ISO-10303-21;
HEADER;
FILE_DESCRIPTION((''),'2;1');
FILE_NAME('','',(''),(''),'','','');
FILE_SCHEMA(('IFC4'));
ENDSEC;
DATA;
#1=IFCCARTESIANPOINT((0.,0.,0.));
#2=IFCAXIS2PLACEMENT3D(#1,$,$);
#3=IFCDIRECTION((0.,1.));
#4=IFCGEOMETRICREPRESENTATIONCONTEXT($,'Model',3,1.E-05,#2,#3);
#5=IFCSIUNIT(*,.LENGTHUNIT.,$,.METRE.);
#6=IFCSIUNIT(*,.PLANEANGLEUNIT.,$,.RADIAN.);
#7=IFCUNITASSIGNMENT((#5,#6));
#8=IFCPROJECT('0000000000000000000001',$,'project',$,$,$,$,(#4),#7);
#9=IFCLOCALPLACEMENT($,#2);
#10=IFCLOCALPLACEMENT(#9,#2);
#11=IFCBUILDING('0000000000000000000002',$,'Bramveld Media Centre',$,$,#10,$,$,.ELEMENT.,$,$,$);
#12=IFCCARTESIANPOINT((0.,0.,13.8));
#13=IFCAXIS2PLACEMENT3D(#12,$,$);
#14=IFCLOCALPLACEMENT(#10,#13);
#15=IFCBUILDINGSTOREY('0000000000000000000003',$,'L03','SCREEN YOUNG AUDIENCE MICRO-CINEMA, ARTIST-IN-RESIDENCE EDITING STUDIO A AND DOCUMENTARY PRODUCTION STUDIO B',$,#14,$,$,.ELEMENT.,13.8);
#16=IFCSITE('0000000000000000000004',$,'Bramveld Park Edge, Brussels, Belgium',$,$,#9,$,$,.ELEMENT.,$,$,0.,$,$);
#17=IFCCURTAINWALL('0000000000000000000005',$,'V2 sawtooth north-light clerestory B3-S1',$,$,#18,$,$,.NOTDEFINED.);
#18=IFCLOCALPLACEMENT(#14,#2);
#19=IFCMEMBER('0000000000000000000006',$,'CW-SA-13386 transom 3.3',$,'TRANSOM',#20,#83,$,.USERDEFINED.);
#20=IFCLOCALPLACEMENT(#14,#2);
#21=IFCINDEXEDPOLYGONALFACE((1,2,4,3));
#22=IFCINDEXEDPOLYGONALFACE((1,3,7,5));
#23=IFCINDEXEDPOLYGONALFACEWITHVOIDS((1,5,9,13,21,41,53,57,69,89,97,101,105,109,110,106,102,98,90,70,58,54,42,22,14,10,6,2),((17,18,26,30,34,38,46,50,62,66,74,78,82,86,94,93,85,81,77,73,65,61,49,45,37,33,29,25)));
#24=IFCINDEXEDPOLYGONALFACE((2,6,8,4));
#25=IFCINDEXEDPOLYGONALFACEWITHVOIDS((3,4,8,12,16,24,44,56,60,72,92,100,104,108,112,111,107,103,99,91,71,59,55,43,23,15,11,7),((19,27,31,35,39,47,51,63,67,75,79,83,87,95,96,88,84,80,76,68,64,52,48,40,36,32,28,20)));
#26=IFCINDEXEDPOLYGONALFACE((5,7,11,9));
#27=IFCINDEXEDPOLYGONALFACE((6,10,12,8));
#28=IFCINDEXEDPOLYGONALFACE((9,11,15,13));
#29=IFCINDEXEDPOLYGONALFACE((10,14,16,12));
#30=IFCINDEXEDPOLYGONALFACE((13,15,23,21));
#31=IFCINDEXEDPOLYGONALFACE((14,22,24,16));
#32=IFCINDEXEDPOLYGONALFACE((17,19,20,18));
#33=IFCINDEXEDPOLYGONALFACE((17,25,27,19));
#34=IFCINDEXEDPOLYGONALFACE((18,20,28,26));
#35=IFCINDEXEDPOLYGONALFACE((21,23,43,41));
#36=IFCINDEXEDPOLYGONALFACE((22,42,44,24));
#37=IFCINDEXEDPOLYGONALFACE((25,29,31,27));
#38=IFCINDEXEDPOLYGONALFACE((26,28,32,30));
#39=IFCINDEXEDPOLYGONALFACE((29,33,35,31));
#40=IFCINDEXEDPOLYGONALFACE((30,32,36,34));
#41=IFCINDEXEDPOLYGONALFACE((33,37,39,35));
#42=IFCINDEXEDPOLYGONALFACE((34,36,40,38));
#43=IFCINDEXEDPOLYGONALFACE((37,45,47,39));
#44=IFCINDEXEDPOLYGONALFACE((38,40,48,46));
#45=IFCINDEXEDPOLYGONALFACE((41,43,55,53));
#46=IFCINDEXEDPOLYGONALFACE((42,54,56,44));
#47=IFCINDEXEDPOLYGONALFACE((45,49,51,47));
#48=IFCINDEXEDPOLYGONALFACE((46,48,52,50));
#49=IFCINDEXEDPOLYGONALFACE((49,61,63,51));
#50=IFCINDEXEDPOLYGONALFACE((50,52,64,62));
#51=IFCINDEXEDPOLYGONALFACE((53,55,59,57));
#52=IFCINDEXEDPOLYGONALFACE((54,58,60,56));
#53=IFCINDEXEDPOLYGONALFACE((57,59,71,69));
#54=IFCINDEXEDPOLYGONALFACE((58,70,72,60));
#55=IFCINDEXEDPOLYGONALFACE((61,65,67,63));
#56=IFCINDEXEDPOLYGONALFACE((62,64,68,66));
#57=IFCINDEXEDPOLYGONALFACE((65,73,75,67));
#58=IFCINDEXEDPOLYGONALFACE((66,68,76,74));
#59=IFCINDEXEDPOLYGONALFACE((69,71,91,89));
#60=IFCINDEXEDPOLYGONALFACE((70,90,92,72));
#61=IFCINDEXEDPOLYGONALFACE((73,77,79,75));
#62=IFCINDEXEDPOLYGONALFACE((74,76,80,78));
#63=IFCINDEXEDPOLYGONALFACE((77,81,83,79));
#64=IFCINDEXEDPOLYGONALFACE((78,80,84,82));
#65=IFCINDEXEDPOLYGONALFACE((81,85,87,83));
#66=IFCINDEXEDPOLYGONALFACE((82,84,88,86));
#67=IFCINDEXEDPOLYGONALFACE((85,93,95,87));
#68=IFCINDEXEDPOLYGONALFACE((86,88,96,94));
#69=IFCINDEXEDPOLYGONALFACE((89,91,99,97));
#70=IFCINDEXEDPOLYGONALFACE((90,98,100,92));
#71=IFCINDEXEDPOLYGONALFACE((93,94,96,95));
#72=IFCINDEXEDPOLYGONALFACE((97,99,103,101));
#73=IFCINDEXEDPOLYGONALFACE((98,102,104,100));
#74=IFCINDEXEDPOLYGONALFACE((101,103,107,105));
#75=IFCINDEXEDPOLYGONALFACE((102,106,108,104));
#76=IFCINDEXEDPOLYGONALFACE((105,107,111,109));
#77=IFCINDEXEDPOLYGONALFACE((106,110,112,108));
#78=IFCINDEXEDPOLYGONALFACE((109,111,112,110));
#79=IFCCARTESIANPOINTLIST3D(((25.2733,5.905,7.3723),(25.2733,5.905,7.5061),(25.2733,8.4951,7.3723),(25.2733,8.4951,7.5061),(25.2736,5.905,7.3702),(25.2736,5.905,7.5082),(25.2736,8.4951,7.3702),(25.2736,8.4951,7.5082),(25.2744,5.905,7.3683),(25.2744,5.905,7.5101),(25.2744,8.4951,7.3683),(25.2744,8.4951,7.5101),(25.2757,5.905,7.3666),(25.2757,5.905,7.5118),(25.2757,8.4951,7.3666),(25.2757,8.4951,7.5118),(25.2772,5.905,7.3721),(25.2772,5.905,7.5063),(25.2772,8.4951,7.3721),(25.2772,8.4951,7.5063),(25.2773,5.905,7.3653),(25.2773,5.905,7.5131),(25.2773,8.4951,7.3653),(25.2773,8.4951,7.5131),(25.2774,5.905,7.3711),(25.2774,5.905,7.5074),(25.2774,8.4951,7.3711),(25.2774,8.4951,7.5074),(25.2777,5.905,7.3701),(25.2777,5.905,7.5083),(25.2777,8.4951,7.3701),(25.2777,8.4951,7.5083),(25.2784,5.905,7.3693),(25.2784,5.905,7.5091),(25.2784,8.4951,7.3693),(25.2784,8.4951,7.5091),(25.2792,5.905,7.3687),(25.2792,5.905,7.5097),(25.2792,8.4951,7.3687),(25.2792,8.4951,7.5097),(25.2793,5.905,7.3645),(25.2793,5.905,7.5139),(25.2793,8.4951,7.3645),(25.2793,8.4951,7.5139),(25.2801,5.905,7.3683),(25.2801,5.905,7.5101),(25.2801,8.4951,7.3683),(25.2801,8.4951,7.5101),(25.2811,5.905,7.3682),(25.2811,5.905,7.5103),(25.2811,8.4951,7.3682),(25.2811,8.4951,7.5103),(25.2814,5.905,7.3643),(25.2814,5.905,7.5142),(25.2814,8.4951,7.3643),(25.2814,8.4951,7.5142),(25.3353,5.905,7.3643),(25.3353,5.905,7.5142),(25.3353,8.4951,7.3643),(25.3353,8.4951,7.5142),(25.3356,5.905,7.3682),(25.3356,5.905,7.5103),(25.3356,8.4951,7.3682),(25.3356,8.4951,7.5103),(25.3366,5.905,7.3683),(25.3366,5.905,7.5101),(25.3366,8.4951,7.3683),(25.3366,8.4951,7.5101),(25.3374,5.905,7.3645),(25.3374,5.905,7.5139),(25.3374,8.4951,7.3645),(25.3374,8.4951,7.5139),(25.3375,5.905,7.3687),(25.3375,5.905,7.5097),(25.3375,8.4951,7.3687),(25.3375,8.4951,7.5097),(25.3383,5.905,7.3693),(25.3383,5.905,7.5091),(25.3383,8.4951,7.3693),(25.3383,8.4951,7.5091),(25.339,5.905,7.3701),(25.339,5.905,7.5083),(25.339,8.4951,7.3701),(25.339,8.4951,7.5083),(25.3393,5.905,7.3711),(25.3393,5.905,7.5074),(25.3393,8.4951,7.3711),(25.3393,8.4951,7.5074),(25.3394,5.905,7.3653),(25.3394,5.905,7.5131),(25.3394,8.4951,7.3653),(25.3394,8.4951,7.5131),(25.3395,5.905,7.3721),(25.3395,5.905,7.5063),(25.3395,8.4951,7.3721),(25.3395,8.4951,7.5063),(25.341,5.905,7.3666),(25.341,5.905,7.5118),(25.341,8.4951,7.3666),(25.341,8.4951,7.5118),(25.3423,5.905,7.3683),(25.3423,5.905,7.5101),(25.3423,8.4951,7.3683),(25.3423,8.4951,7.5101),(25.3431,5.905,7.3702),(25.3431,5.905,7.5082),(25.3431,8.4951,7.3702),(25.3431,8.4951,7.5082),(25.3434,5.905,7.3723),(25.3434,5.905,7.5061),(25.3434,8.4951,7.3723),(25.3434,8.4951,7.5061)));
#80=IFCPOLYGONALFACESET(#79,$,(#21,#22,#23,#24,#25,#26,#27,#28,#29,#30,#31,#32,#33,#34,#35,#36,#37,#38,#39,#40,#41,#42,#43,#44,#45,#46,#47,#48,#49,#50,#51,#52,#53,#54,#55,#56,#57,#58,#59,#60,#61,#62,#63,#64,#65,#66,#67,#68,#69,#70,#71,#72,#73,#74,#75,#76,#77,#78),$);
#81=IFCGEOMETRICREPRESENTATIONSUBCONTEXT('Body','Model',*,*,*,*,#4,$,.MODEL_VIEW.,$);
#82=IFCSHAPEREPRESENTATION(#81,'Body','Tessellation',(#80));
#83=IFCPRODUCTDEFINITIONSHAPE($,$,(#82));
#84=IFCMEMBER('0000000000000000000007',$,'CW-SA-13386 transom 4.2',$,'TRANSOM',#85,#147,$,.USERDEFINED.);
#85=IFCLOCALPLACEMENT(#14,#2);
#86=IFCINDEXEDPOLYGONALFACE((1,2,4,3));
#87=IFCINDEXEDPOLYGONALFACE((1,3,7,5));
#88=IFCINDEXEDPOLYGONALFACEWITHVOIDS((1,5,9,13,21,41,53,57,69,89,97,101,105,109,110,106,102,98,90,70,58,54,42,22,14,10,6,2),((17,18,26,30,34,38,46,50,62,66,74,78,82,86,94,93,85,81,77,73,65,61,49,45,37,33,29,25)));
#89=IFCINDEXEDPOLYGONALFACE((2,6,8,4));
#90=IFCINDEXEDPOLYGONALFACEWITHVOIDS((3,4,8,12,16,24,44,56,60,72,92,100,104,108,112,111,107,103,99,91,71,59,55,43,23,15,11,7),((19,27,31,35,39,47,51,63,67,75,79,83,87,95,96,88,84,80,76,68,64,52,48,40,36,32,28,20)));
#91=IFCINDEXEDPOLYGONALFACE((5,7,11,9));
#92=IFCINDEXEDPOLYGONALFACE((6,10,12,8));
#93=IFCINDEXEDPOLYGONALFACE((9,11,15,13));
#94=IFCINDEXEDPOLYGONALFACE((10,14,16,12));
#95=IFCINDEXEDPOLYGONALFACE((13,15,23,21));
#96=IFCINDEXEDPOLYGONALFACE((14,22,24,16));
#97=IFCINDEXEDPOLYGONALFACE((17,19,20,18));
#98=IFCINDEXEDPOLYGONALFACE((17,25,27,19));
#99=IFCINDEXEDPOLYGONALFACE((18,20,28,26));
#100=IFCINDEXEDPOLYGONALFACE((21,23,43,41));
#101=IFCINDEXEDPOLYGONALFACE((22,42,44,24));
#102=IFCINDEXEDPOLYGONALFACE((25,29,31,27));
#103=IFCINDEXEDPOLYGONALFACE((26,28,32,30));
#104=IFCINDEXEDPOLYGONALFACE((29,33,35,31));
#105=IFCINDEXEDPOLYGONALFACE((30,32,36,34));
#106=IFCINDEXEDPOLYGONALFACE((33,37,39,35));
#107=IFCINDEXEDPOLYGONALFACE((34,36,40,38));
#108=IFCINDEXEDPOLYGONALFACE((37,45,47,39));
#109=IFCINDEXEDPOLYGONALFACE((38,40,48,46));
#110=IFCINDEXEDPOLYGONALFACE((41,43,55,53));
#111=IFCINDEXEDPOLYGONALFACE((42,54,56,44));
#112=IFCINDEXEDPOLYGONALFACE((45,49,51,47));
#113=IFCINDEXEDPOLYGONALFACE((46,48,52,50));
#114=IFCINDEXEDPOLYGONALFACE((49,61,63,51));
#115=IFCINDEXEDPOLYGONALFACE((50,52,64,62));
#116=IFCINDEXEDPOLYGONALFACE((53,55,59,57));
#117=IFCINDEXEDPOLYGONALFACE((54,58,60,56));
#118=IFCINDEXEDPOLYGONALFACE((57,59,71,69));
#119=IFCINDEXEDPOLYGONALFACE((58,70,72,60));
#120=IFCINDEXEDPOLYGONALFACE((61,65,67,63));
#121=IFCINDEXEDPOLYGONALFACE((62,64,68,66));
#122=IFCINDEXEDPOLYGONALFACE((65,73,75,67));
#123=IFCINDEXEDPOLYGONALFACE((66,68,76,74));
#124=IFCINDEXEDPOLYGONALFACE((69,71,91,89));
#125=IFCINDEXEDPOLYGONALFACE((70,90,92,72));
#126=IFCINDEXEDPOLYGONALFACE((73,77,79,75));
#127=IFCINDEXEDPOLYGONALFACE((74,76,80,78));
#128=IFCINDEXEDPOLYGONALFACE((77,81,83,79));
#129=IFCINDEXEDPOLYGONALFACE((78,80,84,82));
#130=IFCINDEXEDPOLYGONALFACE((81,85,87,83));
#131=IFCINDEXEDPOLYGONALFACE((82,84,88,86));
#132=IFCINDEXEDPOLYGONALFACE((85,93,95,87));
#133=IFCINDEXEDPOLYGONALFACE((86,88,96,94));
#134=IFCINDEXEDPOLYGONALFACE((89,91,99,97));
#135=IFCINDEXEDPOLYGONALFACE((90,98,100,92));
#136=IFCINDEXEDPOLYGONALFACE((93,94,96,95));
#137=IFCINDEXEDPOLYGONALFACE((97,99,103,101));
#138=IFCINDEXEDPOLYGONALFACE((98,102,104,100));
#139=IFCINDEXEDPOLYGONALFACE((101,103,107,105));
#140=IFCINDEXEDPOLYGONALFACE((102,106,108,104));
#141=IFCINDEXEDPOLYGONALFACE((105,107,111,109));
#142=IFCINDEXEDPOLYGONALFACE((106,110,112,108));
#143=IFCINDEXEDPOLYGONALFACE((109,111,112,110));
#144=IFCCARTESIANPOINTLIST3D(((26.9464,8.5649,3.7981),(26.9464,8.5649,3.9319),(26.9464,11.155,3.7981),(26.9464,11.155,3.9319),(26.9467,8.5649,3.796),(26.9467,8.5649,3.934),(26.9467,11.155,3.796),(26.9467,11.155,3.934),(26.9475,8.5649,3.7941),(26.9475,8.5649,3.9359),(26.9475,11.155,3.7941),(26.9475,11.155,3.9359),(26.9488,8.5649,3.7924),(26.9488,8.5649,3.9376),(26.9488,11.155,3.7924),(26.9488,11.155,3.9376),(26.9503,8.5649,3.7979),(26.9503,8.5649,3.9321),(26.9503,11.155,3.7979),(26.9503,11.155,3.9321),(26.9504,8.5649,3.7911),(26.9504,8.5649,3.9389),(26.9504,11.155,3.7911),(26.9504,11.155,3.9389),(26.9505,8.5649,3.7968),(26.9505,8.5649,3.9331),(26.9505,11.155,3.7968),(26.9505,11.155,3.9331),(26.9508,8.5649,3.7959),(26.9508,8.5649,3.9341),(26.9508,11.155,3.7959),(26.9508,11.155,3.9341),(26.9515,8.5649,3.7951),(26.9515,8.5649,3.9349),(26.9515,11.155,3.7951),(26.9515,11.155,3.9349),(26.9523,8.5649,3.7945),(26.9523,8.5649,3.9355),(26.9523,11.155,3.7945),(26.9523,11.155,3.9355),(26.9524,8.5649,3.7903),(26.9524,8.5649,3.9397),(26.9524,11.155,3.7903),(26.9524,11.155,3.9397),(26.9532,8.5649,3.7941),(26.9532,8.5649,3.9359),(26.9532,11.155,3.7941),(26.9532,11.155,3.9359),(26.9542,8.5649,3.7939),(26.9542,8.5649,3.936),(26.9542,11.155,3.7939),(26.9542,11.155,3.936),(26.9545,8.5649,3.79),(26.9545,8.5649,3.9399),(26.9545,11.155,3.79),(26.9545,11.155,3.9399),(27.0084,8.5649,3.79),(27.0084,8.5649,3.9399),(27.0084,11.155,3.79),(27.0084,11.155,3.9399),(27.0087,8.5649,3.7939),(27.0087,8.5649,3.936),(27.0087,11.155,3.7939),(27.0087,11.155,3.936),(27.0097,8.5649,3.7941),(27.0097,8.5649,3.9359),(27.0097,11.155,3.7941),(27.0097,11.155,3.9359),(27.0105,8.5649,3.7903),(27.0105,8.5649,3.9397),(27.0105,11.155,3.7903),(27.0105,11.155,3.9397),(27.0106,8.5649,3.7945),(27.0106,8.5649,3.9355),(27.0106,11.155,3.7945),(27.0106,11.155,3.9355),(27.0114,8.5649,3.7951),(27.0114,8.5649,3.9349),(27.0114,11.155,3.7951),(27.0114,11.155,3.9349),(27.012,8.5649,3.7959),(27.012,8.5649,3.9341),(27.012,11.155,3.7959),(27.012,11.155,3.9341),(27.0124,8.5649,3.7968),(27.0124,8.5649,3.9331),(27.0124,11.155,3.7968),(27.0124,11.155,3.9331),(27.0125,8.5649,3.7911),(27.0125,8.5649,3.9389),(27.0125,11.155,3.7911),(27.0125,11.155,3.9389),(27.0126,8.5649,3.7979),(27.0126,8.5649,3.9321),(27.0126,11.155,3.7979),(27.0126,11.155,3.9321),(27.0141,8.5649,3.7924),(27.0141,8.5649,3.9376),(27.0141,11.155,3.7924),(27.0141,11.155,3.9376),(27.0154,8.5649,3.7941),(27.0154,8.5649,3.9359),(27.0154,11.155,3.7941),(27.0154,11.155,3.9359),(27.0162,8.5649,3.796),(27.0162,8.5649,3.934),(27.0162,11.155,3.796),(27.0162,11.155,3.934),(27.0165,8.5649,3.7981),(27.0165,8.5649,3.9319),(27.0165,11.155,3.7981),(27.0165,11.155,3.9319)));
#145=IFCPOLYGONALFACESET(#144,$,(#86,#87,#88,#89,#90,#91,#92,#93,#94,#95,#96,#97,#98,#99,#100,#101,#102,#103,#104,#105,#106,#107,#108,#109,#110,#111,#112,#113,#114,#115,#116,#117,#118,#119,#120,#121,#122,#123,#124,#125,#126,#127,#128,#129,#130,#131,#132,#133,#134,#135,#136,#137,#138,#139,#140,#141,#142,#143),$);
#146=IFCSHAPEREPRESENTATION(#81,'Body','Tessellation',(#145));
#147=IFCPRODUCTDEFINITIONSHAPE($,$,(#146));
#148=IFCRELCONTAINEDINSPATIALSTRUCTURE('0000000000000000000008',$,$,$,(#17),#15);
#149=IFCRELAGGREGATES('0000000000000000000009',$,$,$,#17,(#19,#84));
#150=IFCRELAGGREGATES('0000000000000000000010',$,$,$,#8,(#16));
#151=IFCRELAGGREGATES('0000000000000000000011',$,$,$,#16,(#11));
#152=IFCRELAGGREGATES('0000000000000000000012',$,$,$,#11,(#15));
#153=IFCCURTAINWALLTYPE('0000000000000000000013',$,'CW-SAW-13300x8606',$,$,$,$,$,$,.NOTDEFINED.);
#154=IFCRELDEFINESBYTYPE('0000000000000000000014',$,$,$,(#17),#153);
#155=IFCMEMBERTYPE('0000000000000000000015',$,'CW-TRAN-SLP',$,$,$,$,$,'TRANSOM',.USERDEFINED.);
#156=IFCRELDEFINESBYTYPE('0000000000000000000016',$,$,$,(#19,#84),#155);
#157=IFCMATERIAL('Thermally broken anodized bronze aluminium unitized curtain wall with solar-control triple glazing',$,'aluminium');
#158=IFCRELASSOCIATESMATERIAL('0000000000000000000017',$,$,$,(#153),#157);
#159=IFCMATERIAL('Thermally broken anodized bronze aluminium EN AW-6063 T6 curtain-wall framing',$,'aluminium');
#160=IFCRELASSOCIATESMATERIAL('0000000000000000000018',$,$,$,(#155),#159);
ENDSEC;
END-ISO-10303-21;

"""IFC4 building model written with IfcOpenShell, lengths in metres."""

from ifc_helpers import new_model, si_unit, direction, frame, origin, origin_2d, place, context, subcontext, project, spatial, hollow_rectangle, extrude, material, material_profile, profile_set, type_object, element, aggregate, save


model = new_model("IFC4")

# Units and contexts
model_context = context("Model", 3, precision=1e-05, world=origin(), true_north=direction((0.0, 1.0)))
body_context = subcontext(model_context, "Body", "Model", "MODEL_VIEW")
ifc_project = project(units=[si_unit("LENGTHUNIT", "METRE"), si_unit("PLANEANGLEUNIT", "RADIAN")], contexts=[model_context])

# Site, building, storey
site_placement = place(None, origin())
site = spatial("IfcSite", under=ifc_project, at=site_placement, Name="Bramveld Park Edge, Brussels, Belgium", CompositionType="ELEMENT", RefElevation=0.0)
building_placement = place(site_placement, origin())
building = spatial("IfcBuilding", under=site, at=building_placement, Name="Bramveld Media Centre", CompositionType="ELEMENT")
storey_placement = place(building_placement, frame((0.0, 0.0, 13.8)))
storey = spatial("IfcBuildingStorey", under=building, at=storey_placement, Name="L03", Description="SCREEN YOUNG AUDIENCE MICRO-CINEMA, ARTIST-IN-RESIDENCE EDITING STUDIO A AND DOCUMENTARY PRODUCTION STUDIO B", CompositionType="ELEMENT", Elevation=13.8)

# Curtain wall, members
ifc_material_1 = material(Name="Thermally broken anodized bronze aluminium unitized curtain wall with solar-control triple glazing", Category="aluminium")
curtain_wall_type = type_object("IfcCurtainWallType", Name="CW-SAW-13300x8606", PredefinedType="NOTDEFINED", material=ifc_material_1)
curtain_wall_placement = place(storey_placement, origin())
curtain_wall = element("IfcCurtainWall", 1, at=curtain_wall_placement, inside=storey, type_object=curtain_wall_type, Name="V2 sawtooth north-light clerestory B3-S1", PredefinedType="NOTDEFINED")
ifc_material_2 = material(Name="Thermally broken anodized bronze aluminium EN AW-6063 T6 curtain-wall framing", Category="aluminium")
ifc_material_profile_1 = material_profile(ifc_material_2, hollow_rectangle(XDim=0.0701, YDim=0.1499, WallThickness=0.0039, InnerFilletRadius=0.0039, OuterFilletRadius=0.0081, at=origin_2d()), Name="AL-TRAN 70x150")
ifc_profile_set_1 = profile_set([ifc_material_profile_1], Name="Thermally broken anodized bronze aluminium EN AW-6063 T6 curtain-wall framing")
member_type = type_object("IfcMemberType", Name="CW-TRAN-SLP", ElementType="TRANSOM", PredefinedType="USERDEFINED", material=ifc_profile_set_1)
member_1_placement = place(storey_placement, frame((25.3083, 5.905, 7.4392), z_axis=(0.0, 1.0, 0.0), x_axis=(-1.0, 0.0, 0.0)))
member_1 = element("IfcMember", 2, at=member_1_placement, type_object=member_type, Name="CW-SA-13386 transom 3.3", ObjectType="TRANSOM", PredefinedType="USERDEFINED", context=body_context, shape_type="SweptSolid", body=[
    extrude(hollow_rectangle(XDim=0.0701, YDim=0.1499, WallThickness=0.0039, InnerFilletRadius=0.0039, OuterFilletRadius=0.0081, at=origin_2d()), origin(), (0.0, 0.0, 1.0), 2.5901),
])
member_2_placement = place(storey_placement, frame((26.9814, 8.5649, 3.865), z_axis=(0.0, 1.0, 0.0), x_axis=(-1.0, 0.0, 0.0)))
member_2 = element("IfcMember", 3, at=member_2_placement, type_object=member_type, Name="CW-SA-13386 transom 4.2", ObjectType="TRANSOM", PredefinedType="USERDEFINED", context=body_context, shape_type="SweptSolid", body=[
    extrude(hollow_rectangle(XDim=0.0701, YDim=0.1499, WallThickness=0.0039, InnerFilletRadius=0.0039, OuterFilletRadius=0.0081, at=origin_2d()), origin(), (0.0, 0.0, 1.0), 2.5901),
])

aggregate(curtain_wall, [member_1, member_2])

save(model, "model.ifc")
